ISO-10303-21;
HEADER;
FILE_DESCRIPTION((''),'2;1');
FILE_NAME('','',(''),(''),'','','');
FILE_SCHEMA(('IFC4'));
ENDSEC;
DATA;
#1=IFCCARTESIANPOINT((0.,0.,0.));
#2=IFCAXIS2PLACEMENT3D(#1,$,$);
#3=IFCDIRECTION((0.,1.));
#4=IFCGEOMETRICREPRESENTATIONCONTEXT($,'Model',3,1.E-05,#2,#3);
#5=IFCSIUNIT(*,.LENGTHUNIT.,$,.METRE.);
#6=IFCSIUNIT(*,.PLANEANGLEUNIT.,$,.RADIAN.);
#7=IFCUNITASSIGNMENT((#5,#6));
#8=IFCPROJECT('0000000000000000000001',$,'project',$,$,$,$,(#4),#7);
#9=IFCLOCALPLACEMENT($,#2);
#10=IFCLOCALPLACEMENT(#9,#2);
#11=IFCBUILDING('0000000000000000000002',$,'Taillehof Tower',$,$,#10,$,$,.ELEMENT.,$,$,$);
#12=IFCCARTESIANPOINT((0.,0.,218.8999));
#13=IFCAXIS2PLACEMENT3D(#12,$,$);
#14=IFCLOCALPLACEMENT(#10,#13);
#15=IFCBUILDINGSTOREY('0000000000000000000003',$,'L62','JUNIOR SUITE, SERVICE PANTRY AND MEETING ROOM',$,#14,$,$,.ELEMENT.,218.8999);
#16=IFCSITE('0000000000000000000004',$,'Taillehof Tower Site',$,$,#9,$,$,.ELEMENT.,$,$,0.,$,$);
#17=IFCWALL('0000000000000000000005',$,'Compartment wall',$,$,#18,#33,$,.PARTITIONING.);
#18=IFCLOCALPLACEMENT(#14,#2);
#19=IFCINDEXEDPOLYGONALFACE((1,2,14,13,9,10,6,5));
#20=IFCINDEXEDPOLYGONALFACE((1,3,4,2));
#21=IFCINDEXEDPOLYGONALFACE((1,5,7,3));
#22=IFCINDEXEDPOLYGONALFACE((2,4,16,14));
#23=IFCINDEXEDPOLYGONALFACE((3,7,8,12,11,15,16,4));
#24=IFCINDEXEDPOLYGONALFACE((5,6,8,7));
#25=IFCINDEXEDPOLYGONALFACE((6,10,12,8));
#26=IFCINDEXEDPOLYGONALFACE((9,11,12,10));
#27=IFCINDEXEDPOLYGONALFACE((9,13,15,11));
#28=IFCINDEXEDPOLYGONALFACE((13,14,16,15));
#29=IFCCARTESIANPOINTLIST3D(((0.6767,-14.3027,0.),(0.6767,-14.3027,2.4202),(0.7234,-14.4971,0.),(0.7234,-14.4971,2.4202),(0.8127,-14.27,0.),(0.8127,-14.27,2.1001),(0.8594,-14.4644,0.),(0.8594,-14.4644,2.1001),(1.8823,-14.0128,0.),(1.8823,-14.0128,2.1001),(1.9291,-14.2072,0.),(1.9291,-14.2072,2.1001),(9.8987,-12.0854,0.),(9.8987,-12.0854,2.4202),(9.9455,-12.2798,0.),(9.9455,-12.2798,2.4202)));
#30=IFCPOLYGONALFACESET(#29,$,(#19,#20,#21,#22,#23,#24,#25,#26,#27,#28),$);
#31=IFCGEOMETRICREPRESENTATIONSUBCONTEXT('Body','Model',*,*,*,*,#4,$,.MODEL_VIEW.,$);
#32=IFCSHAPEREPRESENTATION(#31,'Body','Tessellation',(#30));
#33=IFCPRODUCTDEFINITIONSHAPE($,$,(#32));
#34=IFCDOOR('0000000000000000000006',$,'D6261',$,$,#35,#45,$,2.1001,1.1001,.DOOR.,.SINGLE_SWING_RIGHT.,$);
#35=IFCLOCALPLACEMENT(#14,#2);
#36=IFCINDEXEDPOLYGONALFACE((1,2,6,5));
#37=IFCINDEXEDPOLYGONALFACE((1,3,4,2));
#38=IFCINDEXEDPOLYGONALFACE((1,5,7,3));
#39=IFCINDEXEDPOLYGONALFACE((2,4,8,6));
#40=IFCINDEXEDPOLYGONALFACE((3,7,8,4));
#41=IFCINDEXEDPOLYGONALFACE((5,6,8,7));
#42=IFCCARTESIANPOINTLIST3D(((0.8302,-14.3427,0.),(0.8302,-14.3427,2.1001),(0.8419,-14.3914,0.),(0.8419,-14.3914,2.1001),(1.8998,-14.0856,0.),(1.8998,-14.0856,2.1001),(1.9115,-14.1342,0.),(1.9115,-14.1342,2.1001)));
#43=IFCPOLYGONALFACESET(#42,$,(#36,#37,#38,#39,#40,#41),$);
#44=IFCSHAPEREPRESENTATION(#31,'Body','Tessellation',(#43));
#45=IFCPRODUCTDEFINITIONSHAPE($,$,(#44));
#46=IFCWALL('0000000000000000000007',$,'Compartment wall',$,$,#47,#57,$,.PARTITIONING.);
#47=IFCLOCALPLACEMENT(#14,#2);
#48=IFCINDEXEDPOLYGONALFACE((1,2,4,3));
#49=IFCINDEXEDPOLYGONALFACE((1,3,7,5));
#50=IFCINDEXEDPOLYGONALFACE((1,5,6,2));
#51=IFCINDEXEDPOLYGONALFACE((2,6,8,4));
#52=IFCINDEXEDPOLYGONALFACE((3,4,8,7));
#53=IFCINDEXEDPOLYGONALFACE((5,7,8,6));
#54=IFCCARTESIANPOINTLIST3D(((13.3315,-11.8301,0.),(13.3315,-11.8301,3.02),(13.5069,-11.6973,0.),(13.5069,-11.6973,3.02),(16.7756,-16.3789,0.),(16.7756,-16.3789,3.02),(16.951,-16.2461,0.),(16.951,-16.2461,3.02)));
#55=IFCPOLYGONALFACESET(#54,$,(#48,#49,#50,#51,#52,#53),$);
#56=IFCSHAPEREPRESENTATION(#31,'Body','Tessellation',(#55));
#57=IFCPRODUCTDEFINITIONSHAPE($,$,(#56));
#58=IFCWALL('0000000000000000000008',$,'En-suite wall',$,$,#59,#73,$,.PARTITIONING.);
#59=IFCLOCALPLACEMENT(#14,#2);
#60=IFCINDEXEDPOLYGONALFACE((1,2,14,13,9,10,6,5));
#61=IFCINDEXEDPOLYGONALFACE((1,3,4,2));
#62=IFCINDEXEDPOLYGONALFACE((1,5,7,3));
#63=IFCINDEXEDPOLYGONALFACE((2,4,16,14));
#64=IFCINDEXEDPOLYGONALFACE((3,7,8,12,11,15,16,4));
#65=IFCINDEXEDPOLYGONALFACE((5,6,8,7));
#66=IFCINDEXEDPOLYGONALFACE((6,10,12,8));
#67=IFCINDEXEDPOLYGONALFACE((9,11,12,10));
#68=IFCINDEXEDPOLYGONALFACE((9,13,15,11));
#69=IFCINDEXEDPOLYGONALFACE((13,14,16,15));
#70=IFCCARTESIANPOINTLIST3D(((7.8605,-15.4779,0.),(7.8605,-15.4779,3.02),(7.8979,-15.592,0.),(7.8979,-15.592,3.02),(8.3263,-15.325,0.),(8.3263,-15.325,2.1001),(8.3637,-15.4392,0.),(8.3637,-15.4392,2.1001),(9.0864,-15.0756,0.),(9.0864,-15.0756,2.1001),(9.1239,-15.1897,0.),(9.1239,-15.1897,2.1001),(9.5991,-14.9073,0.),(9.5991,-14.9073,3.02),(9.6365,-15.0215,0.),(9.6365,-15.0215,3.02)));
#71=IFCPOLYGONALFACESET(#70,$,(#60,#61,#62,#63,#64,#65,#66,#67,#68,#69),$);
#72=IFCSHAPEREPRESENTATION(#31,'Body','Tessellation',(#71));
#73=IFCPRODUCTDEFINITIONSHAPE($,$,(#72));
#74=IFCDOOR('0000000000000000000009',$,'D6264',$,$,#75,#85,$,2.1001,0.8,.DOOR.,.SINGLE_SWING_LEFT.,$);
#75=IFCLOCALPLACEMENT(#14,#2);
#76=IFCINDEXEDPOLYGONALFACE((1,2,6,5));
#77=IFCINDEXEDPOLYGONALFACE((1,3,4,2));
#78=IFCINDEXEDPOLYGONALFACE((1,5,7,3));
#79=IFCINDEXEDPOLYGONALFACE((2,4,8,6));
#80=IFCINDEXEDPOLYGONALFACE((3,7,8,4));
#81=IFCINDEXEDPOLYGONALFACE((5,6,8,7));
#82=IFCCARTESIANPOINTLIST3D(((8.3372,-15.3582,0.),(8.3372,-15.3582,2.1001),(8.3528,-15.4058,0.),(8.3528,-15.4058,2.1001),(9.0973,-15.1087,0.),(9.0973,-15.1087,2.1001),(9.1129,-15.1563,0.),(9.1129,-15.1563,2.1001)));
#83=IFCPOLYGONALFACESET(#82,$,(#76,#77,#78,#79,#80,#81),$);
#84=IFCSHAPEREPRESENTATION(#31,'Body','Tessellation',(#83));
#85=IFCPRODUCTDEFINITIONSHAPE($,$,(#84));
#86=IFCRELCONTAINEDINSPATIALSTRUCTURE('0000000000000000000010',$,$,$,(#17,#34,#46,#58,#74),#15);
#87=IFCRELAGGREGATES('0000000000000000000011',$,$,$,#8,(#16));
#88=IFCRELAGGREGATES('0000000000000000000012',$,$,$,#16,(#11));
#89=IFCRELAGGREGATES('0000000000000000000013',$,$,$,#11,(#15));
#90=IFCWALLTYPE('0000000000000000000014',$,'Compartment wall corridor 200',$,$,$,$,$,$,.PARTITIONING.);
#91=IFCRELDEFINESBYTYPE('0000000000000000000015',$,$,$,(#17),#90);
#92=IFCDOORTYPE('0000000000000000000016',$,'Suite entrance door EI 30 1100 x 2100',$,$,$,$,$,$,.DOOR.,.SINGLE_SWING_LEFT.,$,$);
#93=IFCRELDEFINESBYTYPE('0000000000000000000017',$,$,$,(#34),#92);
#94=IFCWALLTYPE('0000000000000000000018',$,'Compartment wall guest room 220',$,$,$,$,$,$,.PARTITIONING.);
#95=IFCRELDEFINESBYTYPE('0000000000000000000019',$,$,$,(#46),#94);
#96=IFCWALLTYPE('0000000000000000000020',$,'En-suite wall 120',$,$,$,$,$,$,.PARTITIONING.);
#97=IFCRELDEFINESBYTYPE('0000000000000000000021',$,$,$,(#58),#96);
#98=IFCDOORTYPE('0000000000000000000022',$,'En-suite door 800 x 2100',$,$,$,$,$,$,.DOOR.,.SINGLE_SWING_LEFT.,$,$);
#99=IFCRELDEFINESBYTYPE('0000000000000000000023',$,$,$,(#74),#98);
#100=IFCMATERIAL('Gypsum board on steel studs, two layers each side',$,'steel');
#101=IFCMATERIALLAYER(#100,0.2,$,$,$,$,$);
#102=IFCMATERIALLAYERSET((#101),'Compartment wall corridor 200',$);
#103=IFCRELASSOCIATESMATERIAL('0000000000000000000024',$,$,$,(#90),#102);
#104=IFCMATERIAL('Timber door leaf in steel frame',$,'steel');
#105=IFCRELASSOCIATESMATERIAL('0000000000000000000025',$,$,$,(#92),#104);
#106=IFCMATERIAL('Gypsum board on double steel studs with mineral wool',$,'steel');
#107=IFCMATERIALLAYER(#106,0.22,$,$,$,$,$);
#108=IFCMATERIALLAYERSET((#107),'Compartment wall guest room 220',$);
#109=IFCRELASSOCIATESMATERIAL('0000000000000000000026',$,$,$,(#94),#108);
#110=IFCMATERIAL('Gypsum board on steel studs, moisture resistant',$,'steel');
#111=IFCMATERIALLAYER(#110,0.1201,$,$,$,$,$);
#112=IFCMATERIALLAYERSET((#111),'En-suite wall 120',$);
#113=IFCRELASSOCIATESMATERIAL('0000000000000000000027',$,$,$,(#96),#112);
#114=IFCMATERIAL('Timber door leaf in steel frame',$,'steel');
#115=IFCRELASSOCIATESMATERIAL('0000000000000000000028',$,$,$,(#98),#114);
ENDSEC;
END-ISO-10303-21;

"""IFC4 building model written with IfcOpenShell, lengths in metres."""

from ifc_helpers import new_model, si_unit, direction, frame, frame_2d, origin, place, context, subcontext, project, spatial, rectangle, extrude, material, layer, layer_set, type_object, element, fill, save


model = new_model("IFC4")

# Units and contexts
model_context = context("Model", 3, precision=1e-05, world=origin(), true_north=direction((0.0, 1.0)))
body_context = subcontext(model_context, "Body", "Model", "MODEL_VIEW")
ifc_project = project(units=[si_unit("LENGTHUNIT", "METRE"), si_unit("PLANEANGLEUNIT", "RADIAN")], contexts=[model_context])

# Site, building, storey
site_placement = place(None, origin())
site = spatial("IfcSite", under=ifc_project, at=site_placement, Name="Taillehof Tower Site", CompositionType="ELEMENT", RefElevation=0.0)
building_placement = place(site_placement, origin())
building = spatial("IfcBuilding", under=site, at=building_placement, Name="Taillehof Tower", CompositionType="ELEMENT")
storey_placement = place(building_placement, frame((0.0, 0.0, 218.8999)))
storey = spatial("IfcBuildingStorey", under=building, at=storey_placement, Name="L62", Description="JUNIOR SUITE, SERVICE PANTRY AND MEETING ROOM", CompositionType="ELEMENT", Elevation=218.8999)

# Shared definitions
ifc_material_1 = material(Name="Gypsum board on steel studs, two layers each side", Category="steel")
ifc_layer_1 = layer(ifc_material_1, 0.2)
ifc_layer_set_1 = layer_set([ifc_layer_1], Name="Compartment wall corridor 200")
wall_type_1 = type_object("IfcWallType", Name="Compartment wall corridor 200", PredefinedType="PARTITIONING", material=ifc_layer_set_1)
ifc_material_2 = material(Name="Timber door leaf in steel frame", Category="steel")
door_type_1 = type_object("IfcDoorType", Name="Suite entrance door EI 30 1100 x 2100", OperationType="SINGLE_SWING_LEFT", PredefinedType="DOOR", material=ifc_material_2)

# Wall, opening, door
wall_1_placement = place(storey_placement, frame((9.9221, -12.1826, 0.0), z_axis=(0.0, 0.0, 1.0), x_axis=(-0.972292, -0.233768, 0.0)))
wall_1 = element("IfcWall", 1, at=wall_1_placement, inside=storey, type_object=wall_type_1, Name="Compartment wall", PredefinedType="PARTITIONING", context=body_context, shape_type="SweptSolid", body=[
    extrude(rectangle(XDim=9.4849, YDim=0.2, at=frame_2d((4.7424, 0.0))), origin(), (0.0, 0.0, 1.0), 2.4202),
])
opening_1_placement = place(wall_1_placement, frame((8.2449, 0.0, 0.0)))
opening_1 = element("IfcOpeningElement", 2, at=opening_1_placement, cuts=wall_1, PredefinedType="OPENING", context=body_context, shape_type="SweptSolid", body=[
    extrude(rectangle(XDim=1.1001, YDim=2.1001, at=frame_2d((0.55, 1.05))), frame((0.0, 0.1099, 0.0), z_axis=(0.0, -1.0, 0.0), x_axis=(1.0, 0.0, 0.0)), (0.0, 0.0, 1.0), 0.22),
])
door_1_placement = place(opening_1_placement, origin())
door_1 = element("IfcDoor", 3, at=door_1_placement, inside=storey, type_object=door_type_1, Name="D6261", OperationType="SINGLE_SWING_RIGHT", OverallHeight=2.1001, OverallWidth=1.1001, PredefinedType="DOOR", context=body_context, shape_type="SweptSolid", body=[
    extrude(rectangle(XDim=1.1001, YDim=2.1001, at=frame_2d((0.55, 1.05))), frame((0.0, 0.0249, 0.0), z_axis=(0.0, -1.0, 0.0), x_axis=(1.0, 0.0, 0.0)), (0.0, 0.0, 1.0), 0.05),
])
fill(opening_1, door_1)

# Wall
ifc_material_3 = material(Name="Gypsum board on double steel studs with mineral wool", Category="steel")
ifc_layer_2 = layer(ifc_material_3, 0.22)
ifc_layer_set_2 = layer_set([ifc_layer_2], Name="Compartment wall guest room 220")
wall_type_2 = type_object("IfcWallType", Name="Compartment wall guest room 220", PredefinedType="PARTITIONING", material=ifc_layer_set_2)
wall_2_placement = place(storey_placement, frame((16.8633, -16.3125, 0.0), z_axis=(0.0, 0.0, 1.0), x_axis=(-0.603636, 0.79726, 0.0)))
element("IfcWall", 4, at=wall_2_placement, inside=storey, type_object=wall_type_2, Name="Compartment wall", PredefinedType="PARTITIONING", context=body_context, shape_type="SweptSolid", body=[
    extrude(rectangle(XDim=5.7056, YDim=0.22, at=frame_2d((2.8528, 0.0))), origin(), (0.0, 0.0, 1.0), 3.02),
])

# Wall, opening, door
ifc_material_4 = material(Name="Gypsum board on steel studs, moisture resistant", Category="steel")
ifc_layer_3 = layer(ifc_material_4, 0.1201)
ifc_layer_set_3 = layer_set([ifc_layer_3], Name="En-suite wall 120")
wall_type_3 = type_object("IfcWallType", Name="En-suite wall 120", PredefinedType="PARTITIONING", material=ifc_layer_set_3)
wall_3_placement = place(storey_placement, frame((9.6179, -14.9644, 0.0), z_axis=(0.0, 0.0, 1.0), x_axis=(-0.950141, -0.311821, 0.0)))
wall_3 = element("IfcWall", 5, at=wall_3_placement, inside=storey, type_object=wall_type_3, Name="En-suite wall", PredefinedType="PARTITIONING", context=body_context, shape_type="SweptSolid", body=[
    extrude(rectangle(XDim=1.8298, YDim=0.1201, at=frame_2d((0.915, 0.0))), origin(), (0.0, 0.0, 1.0), 3.02),
])
opening_2_placement = place(wall_3_placement, frame((0.5398, 0.0, 0.0)))
opening_2 = element("IfcOpeningElement", 6, at=opening_2_placement, cuts=wall_3, PredefinedType="OPENING", context=body_context, shape_type="SweptSolid", body=[
    extrude(rectangle(XDim=0.8, YDim=2.1001, at=frame_2d((0.3999, 1.05))), frame((0.0, 0.0701, 0.0), z_axis=(0.0, -1.0, 0.0), x_axis=(1.0, 0.0, 0.0)), (0.0, 0.0, 1.0), 0.1401),
])
ifc_material_5 = material(Name="Timber door leaf in steel frame", Category="steel")
door_type_2 = type_object("IfcDoorType", Name="En-suite door 800 x 2100", OperationType="SINGLE_SWING_LEFT", PredefinedType="DOOR", material=ifc_material_5)
door_2_placement = place(opening_2_placement, origin())
door_2 = element("IfcDoor", 7, at=door_2_placement, inside=storey, type_object=door_type_2, Name="D6264", OperationType="SINGLE_SWING_LEFT", OverallHeight=2.1001, OverallWidth=0.8, PredefinedType="DOOR", context=body_context, shape_type="SweptSolid", body=[
    extrude(rectangle(XDim=0.8, YDim=2.1001, at=frame_2d((0.3999, 1.05))), frame((0.0, 0.0249, 0.0), z_axis=(0.0, -1.0, 0.0), x_axis=(1.0, 0.0, 0.0)), (0.0, 0.0, 1.0), 0.05),
])
fill(opening_2, door_2)

save(model, "model.ifc")
